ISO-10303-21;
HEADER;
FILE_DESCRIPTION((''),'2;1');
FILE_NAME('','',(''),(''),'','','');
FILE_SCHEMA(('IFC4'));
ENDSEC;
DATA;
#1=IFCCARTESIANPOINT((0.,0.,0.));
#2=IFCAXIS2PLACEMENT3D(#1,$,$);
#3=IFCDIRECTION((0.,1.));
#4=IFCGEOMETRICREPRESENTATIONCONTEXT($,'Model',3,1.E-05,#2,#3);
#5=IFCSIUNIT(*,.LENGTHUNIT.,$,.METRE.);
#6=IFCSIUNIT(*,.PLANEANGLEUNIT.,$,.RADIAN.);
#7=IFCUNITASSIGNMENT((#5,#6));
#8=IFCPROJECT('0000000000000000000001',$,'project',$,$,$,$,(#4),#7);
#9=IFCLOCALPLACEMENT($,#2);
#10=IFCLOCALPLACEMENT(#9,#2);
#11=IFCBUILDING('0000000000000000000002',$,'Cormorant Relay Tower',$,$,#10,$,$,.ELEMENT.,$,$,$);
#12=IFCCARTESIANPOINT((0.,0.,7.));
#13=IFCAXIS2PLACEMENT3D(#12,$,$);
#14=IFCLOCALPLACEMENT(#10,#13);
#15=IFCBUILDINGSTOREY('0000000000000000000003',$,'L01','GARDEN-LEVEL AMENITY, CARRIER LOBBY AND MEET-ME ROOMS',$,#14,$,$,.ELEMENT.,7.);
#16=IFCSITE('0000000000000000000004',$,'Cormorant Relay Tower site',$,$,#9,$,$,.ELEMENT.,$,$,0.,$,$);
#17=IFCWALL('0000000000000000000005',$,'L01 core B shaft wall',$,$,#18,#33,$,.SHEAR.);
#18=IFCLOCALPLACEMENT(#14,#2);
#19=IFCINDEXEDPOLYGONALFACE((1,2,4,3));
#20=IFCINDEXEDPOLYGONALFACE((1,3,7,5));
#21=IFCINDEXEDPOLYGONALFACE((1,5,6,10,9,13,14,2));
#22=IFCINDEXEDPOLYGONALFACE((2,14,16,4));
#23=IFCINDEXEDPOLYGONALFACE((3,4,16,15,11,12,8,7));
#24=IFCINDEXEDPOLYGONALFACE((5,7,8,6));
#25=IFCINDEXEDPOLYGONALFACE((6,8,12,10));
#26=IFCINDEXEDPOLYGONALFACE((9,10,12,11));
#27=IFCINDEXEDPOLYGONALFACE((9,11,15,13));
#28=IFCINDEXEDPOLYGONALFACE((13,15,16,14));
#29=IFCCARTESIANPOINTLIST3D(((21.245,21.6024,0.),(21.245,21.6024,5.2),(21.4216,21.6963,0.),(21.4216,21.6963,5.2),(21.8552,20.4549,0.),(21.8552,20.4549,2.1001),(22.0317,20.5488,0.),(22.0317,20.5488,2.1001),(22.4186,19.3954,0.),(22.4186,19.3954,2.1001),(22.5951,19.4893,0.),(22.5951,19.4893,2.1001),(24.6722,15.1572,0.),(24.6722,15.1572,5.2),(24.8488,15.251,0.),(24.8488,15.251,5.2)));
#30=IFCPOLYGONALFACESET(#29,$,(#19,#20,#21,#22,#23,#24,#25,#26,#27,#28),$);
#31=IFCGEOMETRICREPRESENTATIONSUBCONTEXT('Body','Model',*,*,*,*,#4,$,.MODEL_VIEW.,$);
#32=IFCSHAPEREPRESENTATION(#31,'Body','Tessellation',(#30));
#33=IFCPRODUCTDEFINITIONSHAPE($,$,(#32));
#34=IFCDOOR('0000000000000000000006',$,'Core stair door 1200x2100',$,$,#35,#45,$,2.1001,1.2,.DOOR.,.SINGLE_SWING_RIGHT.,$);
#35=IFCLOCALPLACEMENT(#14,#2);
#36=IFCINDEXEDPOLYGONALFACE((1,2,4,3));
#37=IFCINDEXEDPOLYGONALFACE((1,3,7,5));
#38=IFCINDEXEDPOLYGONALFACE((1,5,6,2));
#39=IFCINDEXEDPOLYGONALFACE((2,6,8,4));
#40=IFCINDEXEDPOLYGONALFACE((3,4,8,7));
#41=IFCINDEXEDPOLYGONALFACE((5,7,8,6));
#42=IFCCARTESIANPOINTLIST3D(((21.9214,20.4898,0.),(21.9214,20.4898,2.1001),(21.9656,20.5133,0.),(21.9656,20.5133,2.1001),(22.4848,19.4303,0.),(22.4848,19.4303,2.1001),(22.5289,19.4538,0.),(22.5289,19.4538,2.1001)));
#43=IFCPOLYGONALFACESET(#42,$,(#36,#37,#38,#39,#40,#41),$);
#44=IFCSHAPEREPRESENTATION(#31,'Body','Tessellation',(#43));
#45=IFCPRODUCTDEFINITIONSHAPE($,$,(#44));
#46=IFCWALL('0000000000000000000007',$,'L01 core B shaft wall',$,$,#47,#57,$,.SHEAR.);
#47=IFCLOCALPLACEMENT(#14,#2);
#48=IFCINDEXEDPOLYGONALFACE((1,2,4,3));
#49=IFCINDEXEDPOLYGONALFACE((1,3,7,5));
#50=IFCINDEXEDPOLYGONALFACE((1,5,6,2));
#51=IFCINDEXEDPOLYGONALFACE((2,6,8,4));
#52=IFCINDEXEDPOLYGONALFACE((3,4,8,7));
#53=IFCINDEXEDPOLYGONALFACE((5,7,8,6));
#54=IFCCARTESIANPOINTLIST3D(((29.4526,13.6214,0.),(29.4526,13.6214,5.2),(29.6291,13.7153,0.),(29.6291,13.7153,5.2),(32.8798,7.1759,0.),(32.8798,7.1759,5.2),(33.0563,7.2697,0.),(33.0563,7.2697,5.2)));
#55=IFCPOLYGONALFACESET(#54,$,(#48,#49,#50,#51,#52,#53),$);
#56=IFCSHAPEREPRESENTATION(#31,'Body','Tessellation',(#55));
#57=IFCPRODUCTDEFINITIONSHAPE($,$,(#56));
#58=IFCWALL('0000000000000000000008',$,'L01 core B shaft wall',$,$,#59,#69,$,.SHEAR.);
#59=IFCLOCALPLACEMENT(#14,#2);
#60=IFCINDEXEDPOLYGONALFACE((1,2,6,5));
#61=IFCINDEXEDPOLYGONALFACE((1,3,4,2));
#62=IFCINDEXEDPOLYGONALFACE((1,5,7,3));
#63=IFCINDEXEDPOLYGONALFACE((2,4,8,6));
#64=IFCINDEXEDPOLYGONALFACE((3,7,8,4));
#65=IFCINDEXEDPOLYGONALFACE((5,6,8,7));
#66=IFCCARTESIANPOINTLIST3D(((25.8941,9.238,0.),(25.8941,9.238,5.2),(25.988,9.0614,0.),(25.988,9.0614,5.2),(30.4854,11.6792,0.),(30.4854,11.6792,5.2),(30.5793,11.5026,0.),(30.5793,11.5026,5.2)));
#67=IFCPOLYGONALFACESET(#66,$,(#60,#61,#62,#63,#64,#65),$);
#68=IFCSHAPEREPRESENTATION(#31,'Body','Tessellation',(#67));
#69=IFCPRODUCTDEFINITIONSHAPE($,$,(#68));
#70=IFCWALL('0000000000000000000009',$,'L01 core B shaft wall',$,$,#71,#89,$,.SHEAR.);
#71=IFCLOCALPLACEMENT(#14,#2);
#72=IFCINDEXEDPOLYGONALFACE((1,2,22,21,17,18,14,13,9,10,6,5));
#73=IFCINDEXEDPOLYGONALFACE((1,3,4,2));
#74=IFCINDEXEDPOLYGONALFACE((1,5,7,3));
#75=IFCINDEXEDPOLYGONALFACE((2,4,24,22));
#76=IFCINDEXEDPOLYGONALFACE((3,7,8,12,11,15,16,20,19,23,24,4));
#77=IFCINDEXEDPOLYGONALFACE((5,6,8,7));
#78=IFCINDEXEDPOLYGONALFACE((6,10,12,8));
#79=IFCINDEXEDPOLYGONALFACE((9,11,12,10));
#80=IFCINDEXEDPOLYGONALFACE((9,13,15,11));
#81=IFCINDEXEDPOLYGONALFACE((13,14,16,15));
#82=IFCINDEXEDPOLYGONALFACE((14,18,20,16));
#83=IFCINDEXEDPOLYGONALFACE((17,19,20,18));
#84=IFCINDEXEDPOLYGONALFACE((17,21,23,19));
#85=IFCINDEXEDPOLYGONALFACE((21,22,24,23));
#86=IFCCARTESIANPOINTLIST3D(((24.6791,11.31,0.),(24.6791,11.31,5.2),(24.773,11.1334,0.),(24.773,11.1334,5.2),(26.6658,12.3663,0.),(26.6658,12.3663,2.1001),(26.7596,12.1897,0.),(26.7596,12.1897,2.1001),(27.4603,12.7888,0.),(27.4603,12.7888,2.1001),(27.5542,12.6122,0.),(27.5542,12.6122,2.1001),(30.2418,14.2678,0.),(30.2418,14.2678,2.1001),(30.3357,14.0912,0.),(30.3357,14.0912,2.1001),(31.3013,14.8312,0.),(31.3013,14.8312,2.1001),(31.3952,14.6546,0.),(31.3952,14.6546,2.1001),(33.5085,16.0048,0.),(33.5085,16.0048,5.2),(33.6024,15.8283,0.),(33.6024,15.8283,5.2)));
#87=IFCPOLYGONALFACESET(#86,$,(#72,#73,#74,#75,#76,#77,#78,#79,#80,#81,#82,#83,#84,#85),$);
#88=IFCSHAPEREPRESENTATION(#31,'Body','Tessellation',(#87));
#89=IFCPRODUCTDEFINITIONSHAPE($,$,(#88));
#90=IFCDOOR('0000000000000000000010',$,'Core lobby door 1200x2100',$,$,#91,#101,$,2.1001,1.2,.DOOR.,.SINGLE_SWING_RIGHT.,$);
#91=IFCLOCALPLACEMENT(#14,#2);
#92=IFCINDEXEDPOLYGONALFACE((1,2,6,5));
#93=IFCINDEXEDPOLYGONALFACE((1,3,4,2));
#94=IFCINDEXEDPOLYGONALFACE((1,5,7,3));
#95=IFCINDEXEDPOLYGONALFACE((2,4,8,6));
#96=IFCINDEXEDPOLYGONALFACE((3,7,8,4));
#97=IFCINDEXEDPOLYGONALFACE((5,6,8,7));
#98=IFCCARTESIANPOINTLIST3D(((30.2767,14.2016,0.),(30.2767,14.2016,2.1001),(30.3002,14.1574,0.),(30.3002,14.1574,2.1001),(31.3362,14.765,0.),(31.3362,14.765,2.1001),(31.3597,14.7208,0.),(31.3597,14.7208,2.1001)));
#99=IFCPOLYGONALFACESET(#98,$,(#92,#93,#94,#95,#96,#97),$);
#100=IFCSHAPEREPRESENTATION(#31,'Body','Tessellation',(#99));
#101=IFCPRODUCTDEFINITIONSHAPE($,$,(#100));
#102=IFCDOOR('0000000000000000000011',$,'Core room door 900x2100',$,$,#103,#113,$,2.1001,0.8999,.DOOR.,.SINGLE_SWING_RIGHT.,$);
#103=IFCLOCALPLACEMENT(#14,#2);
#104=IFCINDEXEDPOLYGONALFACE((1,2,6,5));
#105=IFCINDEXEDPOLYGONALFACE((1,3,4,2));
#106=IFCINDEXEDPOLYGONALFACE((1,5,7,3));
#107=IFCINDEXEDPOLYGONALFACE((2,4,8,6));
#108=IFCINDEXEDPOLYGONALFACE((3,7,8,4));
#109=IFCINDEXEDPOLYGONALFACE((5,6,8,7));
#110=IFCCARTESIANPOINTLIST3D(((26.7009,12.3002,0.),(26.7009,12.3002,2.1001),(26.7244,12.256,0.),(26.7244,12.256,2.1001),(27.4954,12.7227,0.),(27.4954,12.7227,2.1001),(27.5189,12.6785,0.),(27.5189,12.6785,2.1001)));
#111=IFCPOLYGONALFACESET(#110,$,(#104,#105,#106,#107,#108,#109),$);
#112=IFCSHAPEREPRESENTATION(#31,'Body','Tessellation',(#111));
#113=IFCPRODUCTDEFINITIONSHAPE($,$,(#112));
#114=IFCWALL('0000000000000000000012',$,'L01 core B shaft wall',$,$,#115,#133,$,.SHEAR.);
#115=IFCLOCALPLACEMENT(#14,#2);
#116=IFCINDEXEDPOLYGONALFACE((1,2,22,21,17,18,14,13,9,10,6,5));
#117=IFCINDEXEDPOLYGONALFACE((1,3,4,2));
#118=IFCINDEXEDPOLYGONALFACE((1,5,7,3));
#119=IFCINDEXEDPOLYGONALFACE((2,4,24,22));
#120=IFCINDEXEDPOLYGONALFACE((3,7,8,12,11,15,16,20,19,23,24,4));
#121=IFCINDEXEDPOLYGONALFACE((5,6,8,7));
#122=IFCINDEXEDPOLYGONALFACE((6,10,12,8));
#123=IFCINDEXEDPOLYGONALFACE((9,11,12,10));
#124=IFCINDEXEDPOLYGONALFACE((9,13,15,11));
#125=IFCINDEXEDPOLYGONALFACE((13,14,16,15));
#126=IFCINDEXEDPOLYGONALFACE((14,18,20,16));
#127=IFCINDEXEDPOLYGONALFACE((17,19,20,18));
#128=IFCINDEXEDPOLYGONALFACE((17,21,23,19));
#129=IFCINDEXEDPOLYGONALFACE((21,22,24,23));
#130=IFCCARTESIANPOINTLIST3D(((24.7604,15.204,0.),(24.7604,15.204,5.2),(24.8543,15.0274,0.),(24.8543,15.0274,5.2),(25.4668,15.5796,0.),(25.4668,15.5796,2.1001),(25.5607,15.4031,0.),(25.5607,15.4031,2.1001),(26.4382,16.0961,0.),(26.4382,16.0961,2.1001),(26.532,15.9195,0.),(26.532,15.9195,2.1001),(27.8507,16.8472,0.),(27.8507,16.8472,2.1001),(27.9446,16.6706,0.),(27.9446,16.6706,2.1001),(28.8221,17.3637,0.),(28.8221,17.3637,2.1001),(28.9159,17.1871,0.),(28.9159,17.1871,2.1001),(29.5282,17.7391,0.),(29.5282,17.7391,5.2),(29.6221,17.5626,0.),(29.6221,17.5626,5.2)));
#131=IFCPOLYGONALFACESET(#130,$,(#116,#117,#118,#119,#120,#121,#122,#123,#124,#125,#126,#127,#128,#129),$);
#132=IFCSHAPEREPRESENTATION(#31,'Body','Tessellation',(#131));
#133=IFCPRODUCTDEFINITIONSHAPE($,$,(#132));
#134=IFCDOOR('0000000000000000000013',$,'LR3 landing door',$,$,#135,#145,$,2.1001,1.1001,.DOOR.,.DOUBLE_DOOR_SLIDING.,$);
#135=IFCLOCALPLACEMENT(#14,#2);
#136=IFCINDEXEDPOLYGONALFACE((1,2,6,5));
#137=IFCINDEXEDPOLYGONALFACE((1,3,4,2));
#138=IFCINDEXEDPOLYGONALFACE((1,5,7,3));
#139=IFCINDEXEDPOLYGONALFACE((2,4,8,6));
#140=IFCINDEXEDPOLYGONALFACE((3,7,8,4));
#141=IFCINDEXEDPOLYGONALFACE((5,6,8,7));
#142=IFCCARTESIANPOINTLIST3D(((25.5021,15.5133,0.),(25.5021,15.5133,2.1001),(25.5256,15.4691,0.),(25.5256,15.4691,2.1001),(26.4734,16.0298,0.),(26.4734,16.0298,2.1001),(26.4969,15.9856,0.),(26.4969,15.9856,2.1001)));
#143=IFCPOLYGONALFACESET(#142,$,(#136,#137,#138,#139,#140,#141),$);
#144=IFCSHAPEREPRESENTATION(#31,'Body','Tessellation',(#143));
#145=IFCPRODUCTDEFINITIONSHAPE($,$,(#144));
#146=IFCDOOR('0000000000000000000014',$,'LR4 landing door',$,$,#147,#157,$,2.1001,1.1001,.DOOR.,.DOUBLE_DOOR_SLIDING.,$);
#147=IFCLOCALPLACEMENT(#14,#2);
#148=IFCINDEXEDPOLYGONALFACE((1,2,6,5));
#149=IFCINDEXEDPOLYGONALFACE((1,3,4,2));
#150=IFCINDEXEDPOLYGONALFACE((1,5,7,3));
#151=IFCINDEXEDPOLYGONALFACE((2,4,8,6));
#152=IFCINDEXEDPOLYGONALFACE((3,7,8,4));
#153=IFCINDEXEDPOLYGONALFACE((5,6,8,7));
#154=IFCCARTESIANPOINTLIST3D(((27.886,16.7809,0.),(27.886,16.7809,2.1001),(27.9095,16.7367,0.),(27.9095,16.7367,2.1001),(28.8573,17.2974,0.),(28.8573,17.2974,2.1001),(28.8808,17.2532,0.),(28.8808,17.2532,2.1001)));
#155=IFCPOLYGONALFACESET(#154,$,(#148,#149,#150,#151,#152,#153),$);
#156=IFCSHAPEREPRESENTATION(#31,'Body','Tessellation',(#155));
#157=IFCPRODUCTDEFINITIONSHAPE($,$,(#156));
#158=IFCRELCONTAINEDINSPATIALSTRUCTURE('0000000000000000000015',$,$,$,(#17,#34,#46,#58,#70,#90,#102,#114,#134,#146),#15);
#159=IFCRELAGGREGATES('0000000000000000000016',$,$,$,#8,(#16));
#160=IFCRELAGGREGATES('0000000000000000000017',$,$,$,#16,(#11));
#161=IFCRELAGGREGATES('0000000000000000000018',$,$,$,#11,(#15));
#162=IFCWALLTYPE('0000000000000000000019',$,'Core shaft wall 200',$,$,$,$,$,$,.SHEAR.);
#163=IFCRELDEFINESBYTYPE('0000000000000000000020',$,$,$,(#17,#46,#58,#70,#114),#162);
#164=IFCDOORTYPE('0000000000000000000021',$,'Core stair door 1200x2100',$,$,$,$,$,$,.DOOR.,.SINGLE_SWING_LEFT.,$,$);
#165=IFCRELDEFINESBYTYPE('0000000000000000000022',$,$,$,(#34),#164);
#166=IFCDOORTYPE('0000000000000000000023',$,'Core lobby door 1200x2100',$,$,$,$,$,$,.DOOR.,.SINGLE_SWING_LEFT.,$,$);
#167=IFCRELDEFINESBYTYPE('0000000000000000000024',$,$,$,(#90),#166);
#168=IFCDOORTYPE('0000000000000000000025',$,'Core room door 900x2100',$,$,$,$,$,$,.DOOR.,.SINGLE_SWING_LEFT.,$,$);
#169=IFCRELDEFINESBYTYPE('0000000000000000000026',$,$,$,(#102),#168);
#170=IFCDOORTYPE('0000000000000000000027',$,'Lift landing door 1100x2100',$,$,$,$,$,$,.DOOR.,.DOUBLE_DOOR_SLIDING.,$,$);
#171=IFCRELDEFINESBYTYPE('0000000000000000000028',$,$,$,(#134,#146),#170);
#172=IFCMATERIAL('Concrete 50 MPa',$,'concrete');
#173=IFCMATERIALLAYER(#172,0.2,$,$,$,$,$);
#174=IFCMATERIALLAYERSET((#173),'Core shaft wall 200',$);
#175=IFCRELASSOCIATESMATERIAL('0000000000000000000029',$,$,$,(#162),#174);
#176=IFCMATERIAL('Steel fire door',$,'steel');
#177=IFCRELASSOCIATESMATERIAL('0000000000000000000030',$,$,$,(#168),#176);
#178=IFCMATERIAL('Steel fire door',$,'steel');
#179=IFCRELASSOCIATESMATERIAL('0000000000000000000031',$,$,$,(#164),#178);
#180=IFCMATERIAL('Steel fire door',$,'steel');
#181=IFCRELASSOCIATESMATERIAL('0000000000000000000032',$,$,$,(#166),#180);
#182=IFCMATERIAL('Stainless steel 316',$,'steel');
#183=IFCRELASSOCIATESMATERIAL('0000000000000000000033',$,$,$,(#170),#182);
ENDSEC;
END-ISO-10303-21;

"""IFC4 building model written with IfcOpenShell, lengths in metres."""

from ifc_helpers import new_model, si_unit, direction, frame, frame_2d, origin, place, context, subcontext, project, spatial, rectangle, extrude, material, layer, layer_set, type_object, element, fill, save


model = new_model("IFC4")

# Units and contexts
model_context = context("Model", 3, precision=1e-05, world=origin(), true_north=direction((0.0, 1.0)))
body_context = subcontext(model_context, "Body", "Model", "MODEL_VIEW")
ifc_project = project(units=[si_unit("LENGTHUNIT", "METRE"), si_unit("PLANEANGLEUNIT", "RADIAN")], contexts=[model_context])

# Site, building, storey
site_placement = place(None, origin())
site = spatial("IfcSite", under=ifc_project, at=site_placement, Name="Cormorant Relay Tower site", CompositionType="ELEMENT", RefElevation=0.0)
building_placement = place(site_placement, origin())
building = spatial("IfcBuilding", under=site, at=building_placement, Name="Cormorant Relay Tower", CompositionType="ELEMENT")
storey_placement = place(building_placement, frame((0.0, 0.0, 7.0)))
storey = spatial("IfcBuildingStorey", under=building, at=storey_placement, Name="L01", Description="GARDEN-LEVEL AMENITY, CARRIER LOBBY AND MEET-ME ROOMS", CompositionType="ELEMENT", Elevation=7.0)

# Shared definitions
ifc_material_1 = material(Name="Concrete 50 MPa", Category="concrete")
ifc_layer_1 = layer(ifc_material_1, 0.2)
ifc_layer_set_1 = layer_set([ifc_layer_1], Name="Core shaft wall 200")
wall_type_1 = type_object("IfcWallType", Name="Core shaft wall 200", PredefinedType="SHEAR", material=ifc_layer_set_1)
ifc_material_2 = material(Name="Steel fire door", Category="steel")
door_type_1 = type_object("IfcDoorType", Name="Core room door 900x2100", OperationType="SINGLE_SWING_LEFT", PredefinedType="DOOR", material=ifc_material_2)

# Wall, opening, door
wall_1_placement = place(storey_placement, frame((24.7605, 15.2041, 0.0), z_axis=(0.0, 0.0, 1.0), x_axis=(-0.469494, 0.882936, 0.0)))
wall_1 = element("IfcWall", 1, at=wall_1_placement, inside=storey, type_object=wall_type_1, Name="L01 core B shaft wall", PredefinedType="SHEAR", context=body_context, shape_type="SweptSolid", body=[
    extrude(rectangle(XDim=7.2998, YDim=0.2, at=frame_2d((3.6499, 0.0))), origin(), (0.0, 0.0, 1.0), 5.2),
])
opening_1_placement = place(wall_1_placement, frame((4.8, 0.0, 0.0)))
opening_1 = element("IfcOpeningElement", 2, at=opening_1_placement, cuts=wall_1, PredefinedType="OPENING", context=body_context, shape_type="SweptSolid", body=[
    extrude(rectangle(XDim=1.2, YDim=2.1001, at=frame_2d((0.6001, 1.05))), frame((0.0, 0.1099, 0.0), z_axis=(0.0, -1.0, 0.0), x_axis=(1.0, 0.0, 0.0)), (0.0, 0.0, 1.0), 0.22),
])
ifc_material_3 = material(Name="Steel fire door", Category="steel")
door_type_2 = type_object("IfcDoorType", Name="Core stair door 1200x2100", OperationType="SINGLE_SWING_LEFT", PredefinedType="DOOR", material=ifc_material_3)
door_1_placement = place(opening_1_placement, frame((1.2, 0.0, 0.0), z_axis=(0.0, 0.0, 1.0), x_axis=(-1.0, 0.0, 0.0)))
door_1 = element("IfcDoor", 3, at=door_1_placement, inside=storey, type_object=door_type_2, Name="Core stair door 1200x2100", OperationType="SINGLE_SWING_RIGHT", OverallHeight=2.1001, OverallWidth=1.2, PredefinedType="DOOR", context=body_context, shape_type="SweptSolid", body=[
    extrude(rectangle(XDim=1.2, YDim=2.1001, at=frame_2d((0.6001, 1.05))), frame((0.0, 0.0249, 0.0), z_axis=(0.0, -1.0, 0.0), x_axis=(1.0, 0.0, 0.0)), (0.0, 0.0, 1.0), 0.05),
])
fill(opening_1, door_1)

# Wall
wall_2_placement = place(storey_placement, frame((32.968, 7.2229, 0.0), z_axis=(0.0, 0.0, 1.0), x_axis=(-0.46948, 0.882943, 0.0)))
element("IfcWall", 4, at=wall_2_placement, inside=storey, type_object=wall_type_1, Name="L01 core B shaft wall", PredefinedType="SHEAR", context=body_context, shape_type="SweptSolid", body=[
    extrude(rectangle(XDim=7.3, YDim=0.2, at=frame_2d((3.6499, 0.0))), origin(), (0.0, 0.0, 1.0), 5.2),
])

# Wall
wall_3_placement = place(storey_placement, frame((25.9409, 9.1497, 0.0), z_axis=(0.0, 0.0, 1.0), x_axis=(0.882954, 0.46946, 0.0)))
element("IfcWall", 5, at=wall_3_placement, inside=storey, type_object=wall_type_1, Name="L01 core B shaft wall", PredefinedType="SHEAR", context=body_context, shape_type="SweptSolid", body=[
    extrude(rectangle(XDim=5.2, YDim=0.2, at=frame_2d((2.6001, 0.0))), origin(), (0.0, 0.0, 1.0), 5.2),
])

# Walls, openings, doors
wall_4_placement = place(storey_placement, frame((24.7261, 11.2217, 0.0), z_axis=(0.0, 0.0, 1.0), x_axis=(0.88294, 0.469485, 0.0)))
wall_4 = element("IfcWall", 6, at=wall_4_placement, inside=storey, type_object=wall_type_1, Name="L01 core B shaft wall", PredefinedType="SHEAR", context=body_context, shape_type="SweptSolid", body=[
    extrude(rectangle(XDim=10.0, YDim=0.2, at=frame_2d((5.0, 0.0))), origin(), (0.0, 0.0, 1.0), 5.2),
])
opening_2_placement = place(wall_4_placement, frame((6.3, 0.0, 0.0)))
opening_2 = element("IfcOpeningElement", 7, at=opening_2_placement, cuts=wall_4, PredefinedType="OPENING", context=body_context, shape_type="SweptSolid", body=[
    extrude(rectangle(XDim=1.2, YDim=2.1001, at=frame_2d((0.6001, 1.05))), frame((0.0, 0.1099, 0.0), z_axis=(0.0, -1.0, 0.0), x_axis=(1.0, 0.0, 0.0)), (0.0, 0.0, 1.0), 0.22),
])
opening_3_placement = place(wall_4_placement, frame((2.25, 0.0, 0.0)))
opening_3 = element("IfcOpeningElement", 8, at=opening_3_placement, cuts=wall_4, PredefinedType="OPENING", context=body_context, shape_type="SweptSolid", body=[
    extrude(rectangle(XDim=0.8999, YDim=2.1001, at=frame_2d((0.45, 1.05))), frame((0.0, 0.1099, 0.0), z_axis=(0.0, -1.0, 0.0), x_axis=(1.0, 0.0, 0.0)), (0.0, 0.0, 1.0), 0.22),
])
ifc_material_4 = material(Name="Steel fire door", Category="steel")
door_type_3 = type_object("IfcDoorType", Name="Core lobby door 1200x2100", OperationType="SINGLE_SWING_LEFT", PredefinedType="DOOR", material=ifc_material_4)
door_2_placement = place(opening_2_placement, frame((1.2, 0.0, 0.0), z_axis=(0.0, 0.0, 1.0), x_axis=(-1.0, 0.0, 0.0)))
door_2 = element("IfcDoor", 9, at=door_2_placement, inside=storey, type_object=door_type_3, Name="Core lobby door 1200x2100", OperationType="SINGLE_SWING_RIGHT", OverallHeight=2.1001, OverallWidth=1.2, PredefinedType="DOOR", context=body_context, shape_type="SweptSolid", body=[
    extrude(rectangle(XDim=1.2, YDim=2.1001, at=frame_2d((0.6001, 1.05))), frame((0.0, 0.0249, 0.0), z_axis=(0.0, -1.0, 0.0), x_axis=(1.0, 0.0, 0.0)), (0.0, 0.0, 1.0), 0.05),
])
fill(opening_2, door_2)
door_3_placement = place(opening_3_placement, frame((0.8999, 0.0, 0.0), z_axis=(0.0, 0.0, 1.0), x_axis=(-1.0, 0.0, 0.0)))
door_3 = element("IfcDoor", 10, at=door_3_placement, inside=storey, type_object=door_type_1, Name="Core room door 900x2100", OperationType="SINGLE_SWING_RIGHT", OverallHeight=2.1001, OverallWidth=0.8999, PredefinedType="DOOR", context=body_context, shape_type="SweptSolid", body=[
    extrude(rectangle(XDim=0.8999, YDim=2.1001, at=frame_2d((0.45, 1.05))), frame((0.0, 0.0249, 0.0), z_axis=(0.0, -1.0, 0.0), x_axis=(1.0, 0.0, 0.0)), (0.0, 0.0, 1.0), 0.05),
])
fill(opening_3, door_3)
wall_5_placement = place(storey_placement, frame((24.8074, 15.1157, 0.0), z_axis=(0.0, 0.0, 1.0), x_axis=(0.882943, 0.46948, 0.0)))
wall_5 = element("IfcWall", 11, at=wall_5_placement, inside=storey, type_object=wall_type_1, Name="L01 core B shaft wall", PredefinedType="SHEAR", context=body_context, shape_type="SweptSolid", body=[
    extrude(rectangle(XDim=5.3999, YDim=0.2, at=frame_2d((2.7, 0.0))), origin(), (0.0, 0.0, 1.0), 5.2),
])
opening_4_placement = place(wall_5_placement, frame((0.8, 0.0, 0.0)))
opening_4 = element("IfcOpeningElement", 12, at=opening_4_placement, cuts=wall_5, PredefinedType="OPENING", context=body_context, shape_type="SweptSolid", body=[
    extrude(rectangle(XDim=1.1001, YDim=2.1001, at=frame_2d((0.55, 1.05))), frame((0.0, 0.1099, 0.0), z_axis=(0.0, -1.0, 0.0), x_axis=(1.0, 0.0, 0.0)), (0.0, 0.0, 1.0), 0.22),
])
opening_5_placement = place(wall_5_placement, frame((3.5, 0.0, 0.0)))
opening_5 = element("IfcOpeningElement", 13, at=opening_5_placement, cuts=wall_5, PredefinedType="OPENING", context=body_context, shape_type="SweptSolid", body=[
    extrude(rectangle(XDim=1.1001, YDim=2.1001, at=frame_2d((0.55, 1.05))), frame((0.0, 0.1099, 0.0), z_axis=(0.0, -1.0, 0.0), x_axis=(1.0, 0.0, 0.0)), (0.0, 0.0, 1.0), 0.22),
])
ifc_material_5 = material(Name="Stainless steel 316", Category="steel")
door_type_4 = type_object("IfcDoorType", Name="Lift landing door 1100x2100", OperationType="DOUBLE_DOOR_SLIDING", PredefinedType="DOOR", material=ifc_material_5)
door_4_placement = place(opening_4_placement, origin())
door_4 = element("IfcDoor", 14, at=door_4_placement, inside=storey, type_object=door_type_4, Name="LR3 landing door", OperationType="DOUBLE_DOOR_SLIDING", OverallHeight=2.1001, OverallWidth=1.1001, PredefinedType="DOOR", context=body_context, shape_type="SweptSolid", body=[
    extrude(rectangle(XDim=1.1001, YDim=2.1001, at=frame_2d((0.55, 1.05))), frame((0.0, 0.0249, 0.0), z_axis=(0.0, -1.0, 0.0), x_axis=(1.0, 0.0, 0.0)), (0.0, 0.0, 1.0), 0.05),
])
fill(opening_4, door_4)
door_5_placement = place(opening_5_placement, origin())
door_5 = element("IfcDoor", 15, at=door_5_placement, inside=storey, type_object=door_type_4, Name="LR4 landing door", OperationType="DOUBLE_DOOR_SLIDING", OverallHeight=2.1001, OverallWidth=1.1001, PredefinedType="DOOR", context=body_context, shape_type="SweptSolid", body=[
    extrude(rectangle(XDim=1.1001, YDim=2.1001, at=frame_2d((0.55, 1.05))), frame((0.0, 0.0249, 0.0), z_axis=(0.0, -1.0, 0.0), x_axis=(1.0, 0.0, 0.0)), (0.0, 0.0, 1.0), 0.05),
])
fill(opening_5, door_5)

save(model, "model.ifc")
